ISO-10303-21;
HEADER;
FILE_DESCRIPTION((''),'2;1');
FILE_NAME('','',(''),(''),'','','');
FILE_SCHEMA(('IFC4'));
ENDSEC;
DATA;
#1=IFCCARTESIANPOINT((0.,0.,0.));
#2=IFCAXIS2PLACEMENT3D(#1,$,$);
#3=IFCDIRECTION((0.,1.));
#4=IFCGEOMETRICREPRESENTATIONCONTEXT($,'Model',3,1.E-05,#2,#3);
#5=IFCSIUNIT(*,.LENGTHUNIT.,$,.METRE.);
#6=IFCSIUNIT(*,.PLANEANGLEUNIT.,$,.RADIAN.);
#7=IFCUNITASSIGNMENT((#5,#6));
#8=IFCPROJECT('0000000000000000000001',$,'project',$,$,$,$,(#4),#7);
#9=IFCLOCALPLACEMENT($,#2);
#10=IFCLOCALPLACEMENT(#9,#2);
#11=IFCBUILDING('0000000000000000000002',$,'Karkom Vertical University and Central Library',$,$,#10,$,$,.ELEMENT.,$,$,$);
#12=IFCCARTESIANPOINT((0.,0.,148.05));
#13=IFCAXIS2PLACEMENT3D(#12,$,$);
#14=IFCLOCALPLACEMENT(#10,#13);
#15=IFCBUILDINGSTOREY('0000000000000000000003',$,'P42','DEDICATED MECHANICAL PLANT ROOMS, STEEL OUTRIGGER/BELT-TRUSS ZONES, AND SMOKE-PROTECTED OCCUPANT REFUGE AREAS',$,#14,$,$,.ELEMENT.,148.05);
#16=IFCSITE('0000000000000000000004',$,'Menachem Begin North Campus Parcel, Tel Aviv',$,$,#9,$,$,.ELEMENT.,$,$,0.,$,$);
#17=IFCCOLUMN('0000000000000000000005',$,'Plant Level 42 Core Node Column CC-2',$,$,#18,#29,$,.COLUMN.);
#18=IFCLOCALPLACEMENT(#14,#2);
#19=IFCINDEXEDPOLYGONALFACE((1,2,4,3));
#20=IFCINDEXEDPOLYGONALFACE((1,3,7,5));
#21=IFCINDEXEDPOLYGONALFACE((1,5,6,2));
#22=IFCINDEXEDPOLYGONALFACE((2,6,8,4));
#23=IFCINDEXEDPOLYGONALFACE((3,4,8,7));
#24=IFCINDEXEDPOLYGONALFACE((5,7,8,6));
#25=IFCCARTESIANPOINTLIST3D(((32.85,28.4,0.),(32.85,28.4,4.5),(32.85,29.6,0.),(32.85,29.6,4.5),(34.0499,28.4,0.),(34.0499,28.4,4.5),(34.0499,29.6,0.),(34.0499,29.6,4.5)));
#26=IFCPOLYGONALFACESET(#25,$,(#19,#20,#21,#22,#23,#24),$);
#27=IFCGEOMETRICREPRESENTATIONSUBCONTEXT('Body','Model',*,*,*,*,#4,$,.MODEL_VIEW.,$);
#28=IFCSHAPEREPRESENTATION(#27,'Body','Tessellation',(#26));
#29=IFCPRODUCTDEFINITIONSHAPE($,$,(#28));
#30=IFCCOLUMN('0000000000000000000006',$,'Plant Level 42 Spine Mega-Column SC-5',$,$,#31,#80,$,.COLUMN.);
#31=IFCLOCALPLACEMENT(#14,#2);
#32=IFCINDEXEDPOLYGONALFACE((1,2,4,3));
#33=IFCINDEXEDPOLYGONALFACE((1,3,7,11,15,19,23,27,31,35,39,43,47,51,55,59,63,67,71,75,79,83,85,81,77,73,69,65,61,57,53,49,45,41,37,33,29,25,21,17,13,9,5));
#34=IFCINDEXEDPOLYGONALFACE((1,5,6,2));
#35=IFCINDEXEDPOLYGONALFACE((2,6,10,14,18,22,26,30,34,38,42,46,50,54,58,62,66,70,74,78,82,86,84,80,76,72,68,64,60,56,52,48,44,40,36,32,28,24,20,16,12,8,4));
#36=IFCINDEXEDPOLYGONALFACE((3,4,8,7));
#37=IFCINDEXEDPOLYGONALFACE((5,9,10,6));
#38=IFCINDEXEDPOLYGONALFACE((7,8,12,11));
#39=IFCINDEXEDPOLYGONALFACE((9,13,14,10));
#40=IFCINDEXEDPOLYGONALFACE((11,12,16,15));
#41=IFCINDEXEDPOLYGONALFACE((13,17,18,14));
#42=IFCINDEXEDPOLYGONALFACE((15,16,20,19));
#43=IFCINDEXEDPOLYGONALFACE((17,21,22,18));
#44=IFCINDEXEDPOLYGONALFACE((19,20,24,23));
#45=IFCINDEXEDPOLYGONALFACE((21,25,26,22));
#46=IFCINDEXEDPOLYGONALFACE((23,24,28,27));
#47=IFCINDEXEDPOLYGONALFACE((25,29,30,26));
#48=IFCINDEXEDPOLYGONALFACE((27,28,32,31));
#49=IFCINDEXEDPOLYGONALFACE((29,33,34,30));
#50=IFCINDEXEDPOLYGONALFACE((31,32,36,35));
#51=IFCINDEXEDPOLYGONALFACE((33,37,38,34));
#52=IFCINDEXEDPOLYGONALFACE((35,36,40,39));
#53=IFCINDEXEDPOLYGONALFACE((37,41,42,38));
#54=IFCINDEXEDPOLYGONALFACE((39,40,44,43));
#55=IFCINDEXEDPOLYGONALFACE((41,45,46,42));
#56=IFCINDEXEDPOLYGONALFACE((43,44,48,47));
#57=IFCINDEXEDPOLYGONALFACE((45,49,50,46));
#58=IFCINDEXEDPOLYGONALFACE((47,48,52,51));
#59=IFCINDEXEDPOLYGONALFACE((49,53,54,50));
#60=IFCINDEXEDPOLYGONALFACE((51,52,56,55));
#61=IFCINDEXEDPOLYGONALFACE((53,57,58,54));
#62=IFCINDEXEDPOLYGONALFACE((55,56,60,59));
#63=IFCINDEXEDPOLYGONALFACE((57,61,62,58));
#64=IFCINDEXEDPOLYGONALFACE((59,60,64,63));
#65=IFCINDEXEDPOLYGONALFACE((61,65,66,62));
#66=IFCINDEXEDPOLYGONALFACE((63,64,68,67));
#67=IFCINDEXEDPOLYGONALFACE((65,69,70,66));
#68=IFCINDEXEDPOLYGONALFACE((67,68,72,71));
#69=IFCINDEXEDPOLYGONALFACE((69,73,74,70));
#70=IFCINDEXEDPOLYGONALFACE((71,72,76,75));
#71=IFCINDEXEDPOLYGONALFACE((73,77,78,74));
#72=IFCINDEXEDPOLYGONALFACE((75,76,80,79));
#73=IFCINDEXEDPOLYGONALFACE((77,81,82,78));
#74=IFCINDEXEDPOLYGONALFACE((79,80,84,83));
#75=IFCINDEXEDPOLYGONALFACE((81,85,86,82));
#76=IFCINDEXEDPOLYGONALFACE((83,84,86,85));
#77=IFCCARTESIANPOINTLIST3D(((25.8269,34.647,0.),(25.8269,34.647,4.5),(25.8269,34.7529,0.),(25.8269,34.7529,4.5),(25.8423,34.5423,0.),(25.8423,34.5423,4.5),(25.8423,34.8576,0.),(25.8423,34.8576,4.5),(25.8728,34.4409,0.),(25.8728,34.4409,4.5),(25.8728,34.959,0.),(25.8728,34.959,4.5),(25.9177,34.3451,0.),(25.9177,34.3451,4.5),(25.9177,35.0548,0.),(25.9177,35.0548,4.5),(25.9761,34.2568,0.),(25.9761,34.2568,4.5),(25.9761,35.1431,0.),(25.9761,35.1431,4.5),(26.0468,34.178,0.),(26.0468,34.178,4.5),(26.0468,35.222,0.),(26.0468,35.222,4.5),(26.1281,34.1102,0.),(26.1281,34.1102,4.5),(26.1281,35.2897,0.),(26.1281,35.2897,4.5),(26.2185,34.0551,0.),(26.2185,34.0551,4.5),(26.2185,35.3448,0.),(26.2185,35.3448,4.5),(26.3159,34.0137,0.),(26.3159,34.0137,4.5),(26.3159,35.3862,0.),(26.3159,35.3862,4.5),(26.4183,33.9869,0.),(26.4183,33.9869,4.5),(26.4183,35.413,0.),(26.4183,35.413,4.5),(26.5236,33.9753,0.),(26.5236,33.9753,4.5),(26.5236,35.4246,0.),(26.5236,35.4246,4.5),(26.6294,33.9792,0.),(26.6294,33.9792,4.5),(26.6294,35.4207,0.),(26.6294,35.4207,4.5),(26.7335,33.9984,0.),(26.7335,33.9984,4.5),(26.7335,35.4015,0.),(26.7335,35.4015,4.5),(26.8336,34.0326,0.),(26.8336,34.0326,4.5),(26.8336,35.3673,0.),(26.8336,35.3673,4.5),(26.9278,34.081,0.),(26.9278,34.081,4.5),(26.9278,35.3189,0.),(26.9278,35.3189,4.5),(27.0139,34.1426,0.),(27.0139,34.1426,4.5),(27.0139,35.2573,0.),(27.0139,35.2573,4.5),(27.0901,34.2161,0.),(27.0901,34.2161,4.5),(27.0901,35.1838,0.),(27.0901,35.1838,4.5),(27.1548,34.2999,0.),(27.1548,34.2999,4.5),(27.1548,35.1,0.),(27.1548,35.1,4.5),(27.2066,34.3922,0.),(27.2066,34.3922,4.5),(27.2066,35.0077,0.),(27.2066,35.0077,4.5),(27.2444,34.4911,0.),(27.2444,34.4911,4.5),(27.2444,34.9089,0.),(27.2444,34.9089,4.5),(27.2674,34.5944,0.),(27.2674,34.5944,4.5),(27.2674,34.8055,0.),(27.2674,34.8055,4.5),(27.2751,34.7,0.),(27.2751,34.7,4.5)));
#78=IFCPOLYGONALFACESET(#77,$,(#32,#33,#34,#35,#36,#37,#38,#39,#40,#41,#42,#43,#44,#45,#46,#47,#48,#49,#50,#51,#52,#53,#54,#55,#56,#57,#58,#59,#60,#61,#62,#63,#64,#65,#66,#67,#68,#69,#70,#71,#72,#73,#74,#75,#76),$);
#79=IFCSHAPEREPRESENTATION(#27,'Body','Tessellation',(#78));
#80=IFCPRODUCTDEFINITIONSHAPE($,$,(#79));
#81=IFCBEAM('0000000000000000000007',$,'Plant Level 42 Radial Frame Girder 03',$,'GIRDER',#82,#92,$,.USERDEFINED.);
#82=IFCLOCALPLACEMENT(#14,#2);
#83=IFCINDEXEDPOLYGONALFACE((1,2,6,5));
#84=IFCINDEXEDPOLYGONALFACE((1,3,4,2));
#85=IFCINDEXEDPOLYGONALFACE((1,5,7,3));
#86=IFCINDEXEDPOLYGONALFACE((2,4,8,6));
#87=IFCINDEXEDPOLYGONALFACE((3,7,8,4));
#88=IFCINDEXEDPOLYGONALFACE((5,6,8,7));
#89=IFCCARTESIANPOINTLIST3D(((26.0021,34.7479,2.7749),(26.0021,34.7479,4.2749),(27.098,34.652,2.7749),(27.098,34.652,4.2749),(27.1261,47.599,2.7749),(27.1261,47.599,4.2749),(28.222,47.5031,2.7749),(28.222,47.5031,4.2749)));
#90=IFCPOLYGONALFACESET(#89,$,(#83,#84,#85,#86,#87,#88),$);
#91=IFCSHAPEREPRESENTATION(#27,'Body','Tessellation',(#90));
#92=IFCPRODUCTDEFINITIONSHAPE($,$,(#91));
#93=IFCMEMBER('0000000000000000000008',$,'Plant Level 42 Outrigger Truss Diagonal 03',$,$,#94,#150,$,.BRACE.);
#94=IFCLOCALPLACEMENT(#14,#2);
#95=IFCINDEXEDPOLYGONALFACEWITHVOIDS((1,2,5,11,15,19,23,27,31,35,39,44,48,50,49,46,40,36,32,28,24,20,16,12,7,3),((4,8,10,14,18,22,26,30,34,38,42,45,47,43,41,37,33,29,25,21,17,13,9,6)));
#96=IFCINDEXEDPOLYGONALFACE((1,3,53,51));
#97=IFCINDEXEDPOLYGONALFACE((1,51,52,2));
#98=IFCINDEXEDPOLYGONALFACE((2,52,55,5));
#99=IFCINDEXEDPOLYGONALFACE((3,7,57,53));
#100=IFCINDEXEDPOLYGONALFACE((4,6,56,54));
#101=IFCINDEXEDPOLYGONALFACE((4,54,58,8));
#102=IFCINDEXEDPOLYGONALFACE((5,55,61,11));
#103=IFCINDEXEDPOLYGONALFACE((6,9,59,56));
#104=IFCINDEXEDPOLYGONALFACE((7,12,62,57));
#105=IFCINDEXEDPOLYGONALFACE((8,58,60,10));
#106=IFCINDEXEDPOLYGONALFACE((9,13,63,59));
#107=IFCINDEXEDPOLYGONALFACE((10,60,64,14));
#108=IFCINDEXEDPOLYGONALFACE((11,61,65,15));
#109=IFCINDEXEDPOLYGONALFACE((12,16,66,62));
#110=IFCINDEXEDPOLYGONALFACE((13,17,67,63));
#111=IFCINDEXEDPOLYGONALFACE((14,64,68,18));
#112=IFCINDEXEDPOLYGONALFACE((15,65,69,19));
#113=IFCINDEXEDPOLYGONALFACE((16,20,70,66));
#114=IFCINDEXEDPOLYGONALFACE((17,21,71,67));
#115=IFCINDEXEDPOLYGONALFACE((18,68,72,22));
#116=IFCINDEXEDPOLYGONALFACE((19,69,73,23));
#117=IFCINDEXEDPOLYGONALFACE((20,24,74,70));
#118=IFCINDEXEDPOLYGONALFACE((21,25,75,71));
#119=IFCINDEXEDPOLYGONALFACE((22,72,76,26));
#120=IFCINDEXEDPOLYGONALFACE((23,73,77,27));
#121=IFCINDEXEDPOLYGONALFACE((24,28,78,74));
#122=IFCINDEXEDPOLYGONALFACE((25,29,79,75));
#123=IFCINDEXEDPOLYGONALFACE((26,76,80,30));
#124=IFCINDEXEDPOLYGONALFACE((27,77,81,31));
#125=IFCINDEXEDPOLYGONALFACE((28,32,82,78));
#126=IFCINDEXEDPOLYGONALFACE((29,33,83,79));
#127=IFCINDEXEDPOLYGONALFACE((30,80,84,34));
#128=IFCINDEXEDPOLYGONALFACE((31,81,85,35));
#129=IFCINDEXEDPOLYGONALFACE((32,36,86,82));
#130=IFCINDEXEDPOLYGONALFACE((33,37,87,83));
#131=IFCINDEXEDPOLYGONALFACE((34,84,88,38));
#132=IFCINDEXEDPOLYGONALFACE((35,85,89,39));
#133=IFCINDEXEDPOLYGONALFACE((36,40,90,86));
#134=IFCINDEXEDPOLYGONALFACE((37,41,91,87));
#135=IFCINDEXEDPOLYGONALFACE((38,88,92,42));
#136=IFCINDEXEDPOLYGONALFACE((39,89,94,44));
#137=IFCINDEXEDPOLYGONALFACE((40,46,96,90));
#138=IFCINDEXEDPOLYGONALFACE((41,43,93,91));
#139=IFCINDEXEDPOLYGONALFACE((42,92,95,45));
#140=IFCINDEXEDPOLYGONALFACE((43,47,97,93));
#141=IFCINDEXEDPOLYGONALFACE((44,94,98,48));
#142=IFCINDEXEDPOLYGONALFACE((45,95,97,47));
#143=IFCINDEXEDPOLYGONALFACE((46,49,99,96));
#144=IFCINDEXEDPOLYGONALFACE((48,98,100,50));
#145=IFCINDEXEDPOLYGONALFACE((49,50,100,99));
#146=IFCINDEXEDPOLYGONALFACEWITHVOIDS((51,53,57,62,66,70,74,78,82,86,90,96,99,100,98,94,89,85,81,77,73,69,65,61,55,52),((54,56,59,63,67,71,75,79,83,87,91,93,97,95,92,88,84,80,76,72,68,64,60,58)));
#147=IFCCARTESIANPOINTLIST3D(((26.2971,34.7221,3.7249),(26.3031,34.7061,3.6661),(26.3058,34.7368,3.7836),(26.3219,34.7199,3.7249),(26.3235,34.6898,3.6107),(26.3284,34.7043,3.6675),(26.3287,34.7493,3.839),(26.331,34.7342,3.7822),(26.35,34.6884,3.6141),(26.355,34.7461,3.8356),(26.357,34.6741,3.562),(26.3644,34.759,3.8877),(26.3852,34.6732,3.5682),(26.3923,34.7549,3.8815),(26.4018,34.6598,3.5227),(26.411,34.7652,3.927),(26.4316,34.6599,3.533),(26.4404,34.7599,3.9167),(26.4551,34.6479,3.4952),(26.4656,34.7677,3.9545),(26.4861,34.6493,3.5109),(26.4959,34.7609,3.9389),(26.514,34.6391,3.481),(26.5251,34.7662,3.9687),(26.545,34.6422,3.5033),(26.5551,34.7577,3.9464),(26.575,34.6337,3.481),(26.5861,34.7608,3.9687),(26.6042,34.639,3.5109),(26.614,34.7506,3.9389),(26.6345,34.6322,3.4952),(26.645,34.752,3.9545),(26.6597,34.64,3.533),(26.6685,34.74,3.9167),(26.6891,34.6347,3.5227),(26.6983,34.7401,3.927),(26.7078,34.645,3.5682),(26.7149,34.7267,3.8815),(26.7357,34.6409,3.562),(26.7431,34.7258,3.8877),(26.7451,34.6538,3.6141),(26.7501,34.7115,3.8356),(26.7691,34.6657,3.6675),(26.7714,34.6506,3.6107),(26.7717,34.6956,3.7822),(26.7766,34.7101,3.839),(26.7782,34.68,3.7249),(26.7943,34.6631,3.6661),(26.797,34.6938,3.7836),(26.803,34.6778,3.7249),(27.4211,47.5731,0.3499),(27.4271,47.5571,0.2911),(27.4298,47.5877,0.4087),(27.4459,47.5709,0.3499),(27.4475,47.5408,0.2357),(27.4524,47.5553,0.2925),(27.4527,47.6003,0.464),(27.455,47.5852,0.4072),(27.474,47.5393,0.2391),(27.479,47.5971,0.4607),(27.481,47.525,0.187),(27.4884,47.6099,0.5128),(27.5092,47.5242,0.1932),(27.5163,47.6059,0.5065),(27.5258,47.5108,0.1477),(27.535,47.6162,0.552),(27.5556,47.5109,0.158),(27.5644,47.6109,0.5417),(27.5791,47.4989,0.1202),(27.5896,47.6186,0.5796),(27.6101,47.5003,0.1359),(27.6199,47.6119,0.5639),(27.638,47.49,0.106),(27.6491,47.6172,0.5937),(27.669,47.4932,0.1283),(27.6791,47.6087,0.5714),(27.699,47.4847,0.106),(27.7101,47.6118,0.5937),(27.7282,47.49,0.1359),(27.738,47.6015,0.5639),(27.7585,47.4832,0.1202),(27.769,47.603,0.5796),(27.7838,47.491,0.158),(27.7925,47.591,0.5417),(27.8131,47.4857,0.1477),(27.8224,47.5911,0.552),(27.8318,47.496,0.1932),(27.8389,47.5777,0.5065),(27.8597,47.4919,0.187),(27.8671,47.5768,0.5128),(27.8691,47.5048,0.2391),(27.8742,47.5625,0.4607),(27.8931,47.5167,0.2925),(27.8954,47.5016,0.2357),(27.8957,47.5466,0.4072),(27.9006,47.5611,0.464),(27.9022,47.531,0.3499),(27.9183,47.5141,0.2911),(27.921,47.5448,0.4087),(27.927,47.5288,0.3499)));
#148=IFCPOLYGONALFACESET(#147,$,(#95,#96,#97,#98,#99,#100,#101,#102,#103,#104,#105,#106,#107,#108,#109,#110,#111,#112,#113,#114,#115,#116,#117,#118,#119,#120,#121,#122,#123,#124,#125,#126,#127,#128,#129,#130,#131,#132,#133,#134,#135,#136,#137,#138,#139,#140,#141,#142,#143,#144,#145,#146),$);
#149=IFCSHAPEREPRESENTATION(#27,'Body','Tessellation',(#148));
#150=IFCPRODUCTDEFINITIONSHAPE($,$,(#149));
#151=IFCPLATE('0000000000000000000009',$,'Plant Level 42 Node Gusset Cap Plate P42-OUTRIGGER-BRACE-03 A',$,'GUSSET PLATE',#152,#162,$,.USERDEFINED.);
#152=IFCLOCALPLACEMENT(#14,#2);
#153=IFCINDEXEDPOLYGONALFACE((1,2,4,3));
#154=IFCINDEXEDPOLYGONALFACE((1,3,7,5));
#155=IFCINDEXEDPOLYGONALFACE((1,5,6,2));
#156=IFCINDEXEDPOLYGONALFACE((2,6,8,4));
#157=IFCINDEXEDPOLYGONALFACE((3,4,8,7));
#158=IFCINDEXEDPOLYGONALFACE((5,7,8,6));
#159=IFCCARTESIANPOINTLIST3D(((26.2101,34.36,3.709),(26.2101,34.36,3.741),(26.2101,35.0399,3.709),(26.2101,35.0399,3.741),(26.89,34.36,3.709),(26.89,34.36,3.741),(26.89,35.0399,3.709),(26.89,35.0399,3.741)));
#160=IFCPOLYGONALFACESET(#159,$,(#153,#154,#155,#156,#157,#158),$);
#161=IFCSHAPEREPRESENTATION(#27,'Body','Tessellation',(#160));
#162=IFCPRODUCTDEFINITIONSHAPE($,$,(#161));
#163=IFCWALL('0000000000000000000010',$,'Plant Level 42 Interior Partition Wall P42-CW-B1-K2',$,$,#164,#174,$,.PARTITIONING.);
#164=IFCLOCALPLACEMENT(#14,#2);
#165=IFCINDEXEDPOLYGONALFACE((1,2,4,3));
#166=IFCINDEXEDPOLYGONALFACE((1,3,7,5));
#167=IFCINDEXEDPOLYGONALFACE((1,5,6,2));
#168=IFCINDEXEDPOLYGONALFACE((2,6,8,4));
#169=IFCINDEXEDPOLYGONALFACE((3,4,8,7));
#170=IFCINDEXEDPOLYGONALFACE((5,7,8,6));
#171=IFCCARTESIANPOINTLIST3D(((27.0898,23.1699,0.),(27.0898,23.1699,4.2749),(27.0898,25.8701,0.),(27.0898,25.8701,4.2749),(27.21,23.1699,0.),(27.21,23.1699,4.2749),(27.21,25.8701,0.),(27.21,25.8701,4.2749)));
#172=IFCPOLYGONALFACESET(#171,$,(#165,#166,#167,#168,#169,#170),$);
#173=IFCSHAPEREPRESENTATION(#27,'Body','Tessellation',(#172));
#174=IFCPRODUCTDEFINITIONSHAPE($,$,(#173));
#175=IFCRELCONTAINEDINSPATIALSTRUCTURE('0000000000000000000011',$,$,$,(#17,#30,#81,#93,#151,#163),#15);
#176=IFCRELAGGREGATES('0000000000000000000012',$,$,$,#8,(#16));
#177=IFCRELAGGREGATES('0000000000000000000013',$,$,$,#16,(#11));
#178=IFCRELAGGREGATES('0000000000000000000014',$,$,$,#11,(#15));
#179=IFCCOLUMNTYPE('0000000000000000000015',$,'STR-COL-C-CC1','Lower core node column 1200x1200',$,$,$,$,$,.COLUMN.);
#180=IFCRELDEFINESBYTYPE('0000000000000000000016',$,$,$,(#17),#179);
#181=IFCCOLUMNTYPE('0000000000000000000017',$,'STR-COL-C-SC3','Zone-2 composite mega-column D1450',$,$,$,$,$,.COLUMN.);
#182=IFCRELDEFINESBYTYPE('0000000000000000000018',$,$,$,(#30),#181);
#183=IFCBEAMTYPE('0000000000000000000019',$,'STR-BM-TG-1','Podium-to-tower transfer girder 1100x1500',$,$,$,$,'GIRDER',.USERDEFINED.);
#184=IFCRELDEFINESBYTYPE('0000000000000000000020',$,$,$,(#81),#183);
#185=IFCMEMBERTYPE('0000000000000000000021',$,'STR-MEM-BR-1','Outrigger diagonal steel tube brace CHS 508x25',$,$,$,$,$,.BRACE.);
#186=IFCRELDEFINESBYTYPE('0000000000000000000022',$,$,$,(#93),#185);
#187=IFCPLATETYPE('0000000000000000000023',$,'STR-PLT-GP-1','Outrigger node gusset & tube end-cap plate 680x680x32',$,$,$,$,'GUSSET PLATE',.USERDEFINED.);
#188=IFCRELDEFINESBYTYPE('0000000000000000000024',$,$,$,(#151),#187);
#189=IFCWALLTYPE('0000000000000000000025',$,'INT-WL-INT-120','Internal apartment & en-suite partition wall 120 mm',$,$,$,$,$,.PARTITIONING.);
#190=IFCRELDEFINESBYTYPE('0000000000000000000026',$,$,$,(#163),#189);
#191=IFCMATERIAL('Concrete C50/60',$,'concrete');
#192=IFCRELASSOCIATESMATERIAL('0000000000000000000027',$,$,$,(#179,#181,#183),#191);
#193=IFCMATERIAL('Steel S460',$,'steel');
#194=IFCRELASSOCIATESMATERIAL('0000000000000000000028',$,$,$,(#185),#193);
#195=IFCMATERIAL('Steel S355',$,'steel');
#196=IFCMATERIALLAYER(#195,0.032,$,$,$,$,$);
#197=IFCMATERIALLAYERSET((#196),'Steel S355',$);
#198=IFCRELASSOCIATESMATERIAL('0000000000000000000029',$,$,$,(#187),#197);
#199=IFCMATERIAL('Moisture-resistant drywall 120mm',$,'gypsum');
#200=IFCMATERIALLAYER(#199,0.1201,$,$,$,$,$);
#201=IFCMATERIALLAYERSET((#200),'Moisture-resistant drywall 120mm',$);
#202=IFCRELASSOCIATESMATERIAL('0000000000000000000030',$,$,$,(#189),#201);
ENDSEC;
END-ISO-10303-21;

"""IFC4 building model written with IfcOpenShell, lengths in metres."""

from ifc_helpers import new_model, si_unit, direction, frame, frame_2d, origin, origin_with_axes, origin_2d, place, context, subcontext, project, spatial, rectangle, circle, hollow_circle, extrude, source, transform, mapped, material, layer, layer_set, material_profile, profile_set, type_object, element, save


model = new_model("IFC4")

# Units and contexts
model_context = context("Model", 3, precision=1e-05, world=origin(), true_north=direction((0.0, 1.0)))
body_context = subcontext(model_context, "Body", "Model", "MODEL_VIEW")
ifc_project = project(units=[si_unit("LENGTHUNIT", "METRE"), si_unit("PLANEANGLEUNIT", "RADIAN")], contexts=[model_context])

# Site, building, storey
site_placement = place(None, origin())
site = spatial("IfcSite", under=ifc_project, at=site_placement, Name="Menachem Begin North Campus Parcel, Tel Aviv", CompositionType="ELEMENT", RefElevation=0.0)
building_placement = place(site_placement, origin())
building = spatial("IfcBuilding", under=site, at=building_placement, Name="Karkom Vertical University and Central Library", CompositionType="ELEMENT")
storey_placement = place(building_placement, frame((0.0, 0.0, 148.05)))
storey = spatial("IfcBuildingStorey", under=building, at=storey_placement, Name="P42", Description="DEDICATED MECHANICAL PLANT ROOMS, STEEL OUTRIGGER/BELT-TRUSS ZONES, AND SMOKE-PROTECTED OCCUPANT REFUGE AREAS", CompositionType="ELEMENT", Elevation=148.05)

# Columns
ifc_material_1 = material(Name="Concrete C50/60", Category="concrete")
ifc_material_profile_1 = material_profile(ifc_material_1, rectangle(XDim=1.2, YDim=1.2, at=origin_2d()), Name="RC-1200x1200")
ifc_profile_set_1 = profile_set([ifc_material_profile_1], Name="Concrete C50/60")
column_type_1 = type_object("IfcColumnType", Name="STR-COL-C-CC1", Description="Lower core node column 1200x1200", PredefinedType="COLUMN", material=ifc_profile_set_1)
shared_shape_1 = source(origin_with_axes(), body_context, "Body", "SweptSolid", [
    extrude(rectangle(XDim=1.2, YDim=1.2, at=origin_2d()), origin(), (0.0, 0.0, 1.0), 4.5),
])
column_1_placement = place(storey_placement, frame((33.45, 29.0, 0.0), z_axis=(0.0, 0.0, 1.0), x_axis=(1.0, 0.0, 0.0)))
element("IfcColumn", 1, at=column_1_placement, inside=storey, type_object=column_type_1, Name="Plant Level 42 Core Node Column CC-2", PredefinedType="COLUMN", context=body_context, shape_type="MappedRepresentation", body=[
    mapped(shared_shape_1, transform((0.0, 0.0, 0.0), scale=1.0)),
])
ifc_material_profile_2 = material_profile(ifc_material_1, circle(Radius=0.7251, at=origin_2d()), Name="CFT-D1450")
ifc_profile_set_2 = profile_set([ifc_material_profile_2], Name="Concrete C50/60")
column_type_2 = type_object("IfcColumnType", Name="STR-COL-C-SC3", Description="Zone-2 composite mega-column D1450", PredefinedType="COLUMN", material=ifc_profile_set_2)
shared_shape_2 = source(origin_with_axes(), body_context, "Body", "SweptSolid", [
    extrude(circle(Radius=0.7251, at=origin_2d()), origin(), (0.0, 0.0, 1.0), 4.5),
])
column_2_placement = place(storey_placement, frame((26.55, 34.7, 0.0), z_axis=(0.0, 0.0, 1.0), x_axis=(1.0, 0.0, 0.0)))
element("IfcColumn", 2, at=column_2_placement, inside=storey, type_object=column_type_2, Name="Plant Level 42 Spine Mega-Column SC-5", PredefinedType="COLUMN", context=body_context, shape_type="MappedRepresentation", body=[
    mapped(shared_shape_2, transform((0.0, 0.0, 0.0), scale=1.0)),
])

# Beam
ifc_material_profile_3 = material_profile(ifc_material_1, rectangle(XDim=1.1001, YDim=1.5, at=origin_2d()), Name="TG-1100x1500")
ifc_profile_set_3 = profile_set([ifc_material_profile_3], Name="Concrete C50/60")
beam_type = type_object("IfcBeamType", Name="STR-BM-TG-1", Description="Podium-to-tower transfer girder 1100x1500", ElementType="GIRDER", PredefinedType="USERDEFINED", material=ifc_profile_set_3)
shared_shape_3 = source(origin_with_axes(), body_context, "Body", "SweptSolid", [
    extrude(rectangle(XDim=1.1001, YDim=1.5, at=origin_2d()), origin(), (0.0, 0.0, 1.0), 12.9001),
])
beam_placement = place(storey_placement, frame((26.55, 34.7, 3.5249), z_axis=(0.087133, 0.996197, 0.0), x_axis=(-0.996197, 0.087133, 0.0)))
element("IfcBeam", 3, at=beam_placement, inside=storey, type_object=beam_type, Name="Plant Level 42 Radial Frame Girder 03", ObjectType="GIRDER", PredefinedType="USERDEFINED", context=body_context, shape_type="MappedRepresentation", body=[
    mapped(shared_shape_3, transform((0.0, 0.0, 0.0), scale=1.0)),
])

# Member
ifc_material_2 = material(Name="Steel S460", Category="steel")
ifc_material_profile_4 = material_profile(ifc_material_2, hollow_circle(Radius=0.2539, WallThickness=0.0249, at=origin_2d()), Name="CHS 508x25")
ifc_profile_set_4 = profile_set([ifc_material_profile_4], Name="Steel S460")
member_type = type_object("IfcMemberType", Name="STR-MEM-BR-1", Description="Outrigger diagonal steel tube brace CHS 508x25", PredefinedType="BRACE", material=ifc_profile_set_4)
shared_shape_4 = source(origin_with_axes(), body_context, "Body", "SweptSolid", [
    extrude(hollow_circle(Radius=0.2539, WallThickness=0.0249, at=origin_2d()), origin(), (0.0, 0.0, 1.0), 13.3342),
])
member_placement = place(storey_placement, frame((26.55, 34.7, 3.7249), z_axis=(0.084296, 0.963759, -0.253106), x_axis=(-0.996197, 0.087133, 0.0)))
element("IfcMember", 4, at=member_placement, inside=storey, type_object=member_type, Name="Plant Level 42 Outrigger Truss Diagonal 03", PredefinedType="BRACE", context=body_context, shape_type="MappedRepresentation", body=[
    mapped(shared_shape_4, transform((0.0, 0.0, 0.0), scale=1.0)),
])

# Plate
ifc_material_3 = material(Name="Steel S355", Category="steel")
ifc_layer_1 = layer(ifc_material_3, 0.032)
ifc_layer_set_1 = layer_set([ifc_layer_1], Name="Steel S355")
plate_type = type_object("IfcPlateType", Name="STR-PLT-GP-1", Description="Outrigger node gusset & tube end-cap plate 680x680x32", ElementType="GUSSET PLATE", PredefinedType="USERDEFINED", material=ifc_layer_set_1)
shared_shape_5 = source(origin_with_axes(), body_context, "Body", "SweptSolid", [
    extrude(rectangle(XDim=0.6799, YDim=0.6799, at=origin_2d()), origin(), (0.0, 0.0, 1.0), 0.032),
])
plate_placement = place(storey_placement, frame((26.55, 34.7, 3.709), z_axis=(0.0, 0.0, 1.0), x_axis=(1.0, 0.0, 0.0)))
element("IfcPlate", 5, at=plate_placement, inside=storey, type_object=plate_type, Name="Plant Level 42 Node Gusset Cap Plate P42-OUTRIGGER-BRACE-03 A", ObjectType="GUSSET PLATE", PredefinedType="USERDEFINED", context=body_context, shape_type="MappedRepresentation", body=[
    mapped(shared_shape_5, transform((0.0, 0.0, 0.0), scale=1.0)),
])

# Wall
ifc_material_4 = material(Name="Moisture-resistant drywall 120mm", Category="gypsum")
ifc_layer_2 = layer(ifc_material_4, 0.1201)
ifc_layer_set_2 = layer_set([ifc_layer_2], Name="Moisture-resistant drywall 120mm")
wall_type_1 = type_object("IfcWallType", Name="INT-WL-INT-120", Description="Internal apartment & en-suite partition wall 120 mm", PredefinedType="PARTITIONING", material=ifc_layer_set_2)
wall_1_placement = place(storey_placement, frame((27.1499, 23.1699, 0.0), z_axis=(0.0, 0.0, 1.0), x_axis=(0.0, 1.0, 0.0)))
element("IfcWall", 6, at=wall_1_placement, inside=storey, type_object=wall_type_1, Name="Plant Level 42 Interior Partition Wall P42-CW-B1-K2", PredefinedType="PARTITIONING", context=body_context, shape_type="SweptSolid", body=[
    extrude(rectangle(XDim=2.7002, YDim=0.1201, at=frame_2d((1.3501, 0.0))), origin(), (0.0, 0.0, 1.0), 4.2749),
])

save(model, "model.ifc")
